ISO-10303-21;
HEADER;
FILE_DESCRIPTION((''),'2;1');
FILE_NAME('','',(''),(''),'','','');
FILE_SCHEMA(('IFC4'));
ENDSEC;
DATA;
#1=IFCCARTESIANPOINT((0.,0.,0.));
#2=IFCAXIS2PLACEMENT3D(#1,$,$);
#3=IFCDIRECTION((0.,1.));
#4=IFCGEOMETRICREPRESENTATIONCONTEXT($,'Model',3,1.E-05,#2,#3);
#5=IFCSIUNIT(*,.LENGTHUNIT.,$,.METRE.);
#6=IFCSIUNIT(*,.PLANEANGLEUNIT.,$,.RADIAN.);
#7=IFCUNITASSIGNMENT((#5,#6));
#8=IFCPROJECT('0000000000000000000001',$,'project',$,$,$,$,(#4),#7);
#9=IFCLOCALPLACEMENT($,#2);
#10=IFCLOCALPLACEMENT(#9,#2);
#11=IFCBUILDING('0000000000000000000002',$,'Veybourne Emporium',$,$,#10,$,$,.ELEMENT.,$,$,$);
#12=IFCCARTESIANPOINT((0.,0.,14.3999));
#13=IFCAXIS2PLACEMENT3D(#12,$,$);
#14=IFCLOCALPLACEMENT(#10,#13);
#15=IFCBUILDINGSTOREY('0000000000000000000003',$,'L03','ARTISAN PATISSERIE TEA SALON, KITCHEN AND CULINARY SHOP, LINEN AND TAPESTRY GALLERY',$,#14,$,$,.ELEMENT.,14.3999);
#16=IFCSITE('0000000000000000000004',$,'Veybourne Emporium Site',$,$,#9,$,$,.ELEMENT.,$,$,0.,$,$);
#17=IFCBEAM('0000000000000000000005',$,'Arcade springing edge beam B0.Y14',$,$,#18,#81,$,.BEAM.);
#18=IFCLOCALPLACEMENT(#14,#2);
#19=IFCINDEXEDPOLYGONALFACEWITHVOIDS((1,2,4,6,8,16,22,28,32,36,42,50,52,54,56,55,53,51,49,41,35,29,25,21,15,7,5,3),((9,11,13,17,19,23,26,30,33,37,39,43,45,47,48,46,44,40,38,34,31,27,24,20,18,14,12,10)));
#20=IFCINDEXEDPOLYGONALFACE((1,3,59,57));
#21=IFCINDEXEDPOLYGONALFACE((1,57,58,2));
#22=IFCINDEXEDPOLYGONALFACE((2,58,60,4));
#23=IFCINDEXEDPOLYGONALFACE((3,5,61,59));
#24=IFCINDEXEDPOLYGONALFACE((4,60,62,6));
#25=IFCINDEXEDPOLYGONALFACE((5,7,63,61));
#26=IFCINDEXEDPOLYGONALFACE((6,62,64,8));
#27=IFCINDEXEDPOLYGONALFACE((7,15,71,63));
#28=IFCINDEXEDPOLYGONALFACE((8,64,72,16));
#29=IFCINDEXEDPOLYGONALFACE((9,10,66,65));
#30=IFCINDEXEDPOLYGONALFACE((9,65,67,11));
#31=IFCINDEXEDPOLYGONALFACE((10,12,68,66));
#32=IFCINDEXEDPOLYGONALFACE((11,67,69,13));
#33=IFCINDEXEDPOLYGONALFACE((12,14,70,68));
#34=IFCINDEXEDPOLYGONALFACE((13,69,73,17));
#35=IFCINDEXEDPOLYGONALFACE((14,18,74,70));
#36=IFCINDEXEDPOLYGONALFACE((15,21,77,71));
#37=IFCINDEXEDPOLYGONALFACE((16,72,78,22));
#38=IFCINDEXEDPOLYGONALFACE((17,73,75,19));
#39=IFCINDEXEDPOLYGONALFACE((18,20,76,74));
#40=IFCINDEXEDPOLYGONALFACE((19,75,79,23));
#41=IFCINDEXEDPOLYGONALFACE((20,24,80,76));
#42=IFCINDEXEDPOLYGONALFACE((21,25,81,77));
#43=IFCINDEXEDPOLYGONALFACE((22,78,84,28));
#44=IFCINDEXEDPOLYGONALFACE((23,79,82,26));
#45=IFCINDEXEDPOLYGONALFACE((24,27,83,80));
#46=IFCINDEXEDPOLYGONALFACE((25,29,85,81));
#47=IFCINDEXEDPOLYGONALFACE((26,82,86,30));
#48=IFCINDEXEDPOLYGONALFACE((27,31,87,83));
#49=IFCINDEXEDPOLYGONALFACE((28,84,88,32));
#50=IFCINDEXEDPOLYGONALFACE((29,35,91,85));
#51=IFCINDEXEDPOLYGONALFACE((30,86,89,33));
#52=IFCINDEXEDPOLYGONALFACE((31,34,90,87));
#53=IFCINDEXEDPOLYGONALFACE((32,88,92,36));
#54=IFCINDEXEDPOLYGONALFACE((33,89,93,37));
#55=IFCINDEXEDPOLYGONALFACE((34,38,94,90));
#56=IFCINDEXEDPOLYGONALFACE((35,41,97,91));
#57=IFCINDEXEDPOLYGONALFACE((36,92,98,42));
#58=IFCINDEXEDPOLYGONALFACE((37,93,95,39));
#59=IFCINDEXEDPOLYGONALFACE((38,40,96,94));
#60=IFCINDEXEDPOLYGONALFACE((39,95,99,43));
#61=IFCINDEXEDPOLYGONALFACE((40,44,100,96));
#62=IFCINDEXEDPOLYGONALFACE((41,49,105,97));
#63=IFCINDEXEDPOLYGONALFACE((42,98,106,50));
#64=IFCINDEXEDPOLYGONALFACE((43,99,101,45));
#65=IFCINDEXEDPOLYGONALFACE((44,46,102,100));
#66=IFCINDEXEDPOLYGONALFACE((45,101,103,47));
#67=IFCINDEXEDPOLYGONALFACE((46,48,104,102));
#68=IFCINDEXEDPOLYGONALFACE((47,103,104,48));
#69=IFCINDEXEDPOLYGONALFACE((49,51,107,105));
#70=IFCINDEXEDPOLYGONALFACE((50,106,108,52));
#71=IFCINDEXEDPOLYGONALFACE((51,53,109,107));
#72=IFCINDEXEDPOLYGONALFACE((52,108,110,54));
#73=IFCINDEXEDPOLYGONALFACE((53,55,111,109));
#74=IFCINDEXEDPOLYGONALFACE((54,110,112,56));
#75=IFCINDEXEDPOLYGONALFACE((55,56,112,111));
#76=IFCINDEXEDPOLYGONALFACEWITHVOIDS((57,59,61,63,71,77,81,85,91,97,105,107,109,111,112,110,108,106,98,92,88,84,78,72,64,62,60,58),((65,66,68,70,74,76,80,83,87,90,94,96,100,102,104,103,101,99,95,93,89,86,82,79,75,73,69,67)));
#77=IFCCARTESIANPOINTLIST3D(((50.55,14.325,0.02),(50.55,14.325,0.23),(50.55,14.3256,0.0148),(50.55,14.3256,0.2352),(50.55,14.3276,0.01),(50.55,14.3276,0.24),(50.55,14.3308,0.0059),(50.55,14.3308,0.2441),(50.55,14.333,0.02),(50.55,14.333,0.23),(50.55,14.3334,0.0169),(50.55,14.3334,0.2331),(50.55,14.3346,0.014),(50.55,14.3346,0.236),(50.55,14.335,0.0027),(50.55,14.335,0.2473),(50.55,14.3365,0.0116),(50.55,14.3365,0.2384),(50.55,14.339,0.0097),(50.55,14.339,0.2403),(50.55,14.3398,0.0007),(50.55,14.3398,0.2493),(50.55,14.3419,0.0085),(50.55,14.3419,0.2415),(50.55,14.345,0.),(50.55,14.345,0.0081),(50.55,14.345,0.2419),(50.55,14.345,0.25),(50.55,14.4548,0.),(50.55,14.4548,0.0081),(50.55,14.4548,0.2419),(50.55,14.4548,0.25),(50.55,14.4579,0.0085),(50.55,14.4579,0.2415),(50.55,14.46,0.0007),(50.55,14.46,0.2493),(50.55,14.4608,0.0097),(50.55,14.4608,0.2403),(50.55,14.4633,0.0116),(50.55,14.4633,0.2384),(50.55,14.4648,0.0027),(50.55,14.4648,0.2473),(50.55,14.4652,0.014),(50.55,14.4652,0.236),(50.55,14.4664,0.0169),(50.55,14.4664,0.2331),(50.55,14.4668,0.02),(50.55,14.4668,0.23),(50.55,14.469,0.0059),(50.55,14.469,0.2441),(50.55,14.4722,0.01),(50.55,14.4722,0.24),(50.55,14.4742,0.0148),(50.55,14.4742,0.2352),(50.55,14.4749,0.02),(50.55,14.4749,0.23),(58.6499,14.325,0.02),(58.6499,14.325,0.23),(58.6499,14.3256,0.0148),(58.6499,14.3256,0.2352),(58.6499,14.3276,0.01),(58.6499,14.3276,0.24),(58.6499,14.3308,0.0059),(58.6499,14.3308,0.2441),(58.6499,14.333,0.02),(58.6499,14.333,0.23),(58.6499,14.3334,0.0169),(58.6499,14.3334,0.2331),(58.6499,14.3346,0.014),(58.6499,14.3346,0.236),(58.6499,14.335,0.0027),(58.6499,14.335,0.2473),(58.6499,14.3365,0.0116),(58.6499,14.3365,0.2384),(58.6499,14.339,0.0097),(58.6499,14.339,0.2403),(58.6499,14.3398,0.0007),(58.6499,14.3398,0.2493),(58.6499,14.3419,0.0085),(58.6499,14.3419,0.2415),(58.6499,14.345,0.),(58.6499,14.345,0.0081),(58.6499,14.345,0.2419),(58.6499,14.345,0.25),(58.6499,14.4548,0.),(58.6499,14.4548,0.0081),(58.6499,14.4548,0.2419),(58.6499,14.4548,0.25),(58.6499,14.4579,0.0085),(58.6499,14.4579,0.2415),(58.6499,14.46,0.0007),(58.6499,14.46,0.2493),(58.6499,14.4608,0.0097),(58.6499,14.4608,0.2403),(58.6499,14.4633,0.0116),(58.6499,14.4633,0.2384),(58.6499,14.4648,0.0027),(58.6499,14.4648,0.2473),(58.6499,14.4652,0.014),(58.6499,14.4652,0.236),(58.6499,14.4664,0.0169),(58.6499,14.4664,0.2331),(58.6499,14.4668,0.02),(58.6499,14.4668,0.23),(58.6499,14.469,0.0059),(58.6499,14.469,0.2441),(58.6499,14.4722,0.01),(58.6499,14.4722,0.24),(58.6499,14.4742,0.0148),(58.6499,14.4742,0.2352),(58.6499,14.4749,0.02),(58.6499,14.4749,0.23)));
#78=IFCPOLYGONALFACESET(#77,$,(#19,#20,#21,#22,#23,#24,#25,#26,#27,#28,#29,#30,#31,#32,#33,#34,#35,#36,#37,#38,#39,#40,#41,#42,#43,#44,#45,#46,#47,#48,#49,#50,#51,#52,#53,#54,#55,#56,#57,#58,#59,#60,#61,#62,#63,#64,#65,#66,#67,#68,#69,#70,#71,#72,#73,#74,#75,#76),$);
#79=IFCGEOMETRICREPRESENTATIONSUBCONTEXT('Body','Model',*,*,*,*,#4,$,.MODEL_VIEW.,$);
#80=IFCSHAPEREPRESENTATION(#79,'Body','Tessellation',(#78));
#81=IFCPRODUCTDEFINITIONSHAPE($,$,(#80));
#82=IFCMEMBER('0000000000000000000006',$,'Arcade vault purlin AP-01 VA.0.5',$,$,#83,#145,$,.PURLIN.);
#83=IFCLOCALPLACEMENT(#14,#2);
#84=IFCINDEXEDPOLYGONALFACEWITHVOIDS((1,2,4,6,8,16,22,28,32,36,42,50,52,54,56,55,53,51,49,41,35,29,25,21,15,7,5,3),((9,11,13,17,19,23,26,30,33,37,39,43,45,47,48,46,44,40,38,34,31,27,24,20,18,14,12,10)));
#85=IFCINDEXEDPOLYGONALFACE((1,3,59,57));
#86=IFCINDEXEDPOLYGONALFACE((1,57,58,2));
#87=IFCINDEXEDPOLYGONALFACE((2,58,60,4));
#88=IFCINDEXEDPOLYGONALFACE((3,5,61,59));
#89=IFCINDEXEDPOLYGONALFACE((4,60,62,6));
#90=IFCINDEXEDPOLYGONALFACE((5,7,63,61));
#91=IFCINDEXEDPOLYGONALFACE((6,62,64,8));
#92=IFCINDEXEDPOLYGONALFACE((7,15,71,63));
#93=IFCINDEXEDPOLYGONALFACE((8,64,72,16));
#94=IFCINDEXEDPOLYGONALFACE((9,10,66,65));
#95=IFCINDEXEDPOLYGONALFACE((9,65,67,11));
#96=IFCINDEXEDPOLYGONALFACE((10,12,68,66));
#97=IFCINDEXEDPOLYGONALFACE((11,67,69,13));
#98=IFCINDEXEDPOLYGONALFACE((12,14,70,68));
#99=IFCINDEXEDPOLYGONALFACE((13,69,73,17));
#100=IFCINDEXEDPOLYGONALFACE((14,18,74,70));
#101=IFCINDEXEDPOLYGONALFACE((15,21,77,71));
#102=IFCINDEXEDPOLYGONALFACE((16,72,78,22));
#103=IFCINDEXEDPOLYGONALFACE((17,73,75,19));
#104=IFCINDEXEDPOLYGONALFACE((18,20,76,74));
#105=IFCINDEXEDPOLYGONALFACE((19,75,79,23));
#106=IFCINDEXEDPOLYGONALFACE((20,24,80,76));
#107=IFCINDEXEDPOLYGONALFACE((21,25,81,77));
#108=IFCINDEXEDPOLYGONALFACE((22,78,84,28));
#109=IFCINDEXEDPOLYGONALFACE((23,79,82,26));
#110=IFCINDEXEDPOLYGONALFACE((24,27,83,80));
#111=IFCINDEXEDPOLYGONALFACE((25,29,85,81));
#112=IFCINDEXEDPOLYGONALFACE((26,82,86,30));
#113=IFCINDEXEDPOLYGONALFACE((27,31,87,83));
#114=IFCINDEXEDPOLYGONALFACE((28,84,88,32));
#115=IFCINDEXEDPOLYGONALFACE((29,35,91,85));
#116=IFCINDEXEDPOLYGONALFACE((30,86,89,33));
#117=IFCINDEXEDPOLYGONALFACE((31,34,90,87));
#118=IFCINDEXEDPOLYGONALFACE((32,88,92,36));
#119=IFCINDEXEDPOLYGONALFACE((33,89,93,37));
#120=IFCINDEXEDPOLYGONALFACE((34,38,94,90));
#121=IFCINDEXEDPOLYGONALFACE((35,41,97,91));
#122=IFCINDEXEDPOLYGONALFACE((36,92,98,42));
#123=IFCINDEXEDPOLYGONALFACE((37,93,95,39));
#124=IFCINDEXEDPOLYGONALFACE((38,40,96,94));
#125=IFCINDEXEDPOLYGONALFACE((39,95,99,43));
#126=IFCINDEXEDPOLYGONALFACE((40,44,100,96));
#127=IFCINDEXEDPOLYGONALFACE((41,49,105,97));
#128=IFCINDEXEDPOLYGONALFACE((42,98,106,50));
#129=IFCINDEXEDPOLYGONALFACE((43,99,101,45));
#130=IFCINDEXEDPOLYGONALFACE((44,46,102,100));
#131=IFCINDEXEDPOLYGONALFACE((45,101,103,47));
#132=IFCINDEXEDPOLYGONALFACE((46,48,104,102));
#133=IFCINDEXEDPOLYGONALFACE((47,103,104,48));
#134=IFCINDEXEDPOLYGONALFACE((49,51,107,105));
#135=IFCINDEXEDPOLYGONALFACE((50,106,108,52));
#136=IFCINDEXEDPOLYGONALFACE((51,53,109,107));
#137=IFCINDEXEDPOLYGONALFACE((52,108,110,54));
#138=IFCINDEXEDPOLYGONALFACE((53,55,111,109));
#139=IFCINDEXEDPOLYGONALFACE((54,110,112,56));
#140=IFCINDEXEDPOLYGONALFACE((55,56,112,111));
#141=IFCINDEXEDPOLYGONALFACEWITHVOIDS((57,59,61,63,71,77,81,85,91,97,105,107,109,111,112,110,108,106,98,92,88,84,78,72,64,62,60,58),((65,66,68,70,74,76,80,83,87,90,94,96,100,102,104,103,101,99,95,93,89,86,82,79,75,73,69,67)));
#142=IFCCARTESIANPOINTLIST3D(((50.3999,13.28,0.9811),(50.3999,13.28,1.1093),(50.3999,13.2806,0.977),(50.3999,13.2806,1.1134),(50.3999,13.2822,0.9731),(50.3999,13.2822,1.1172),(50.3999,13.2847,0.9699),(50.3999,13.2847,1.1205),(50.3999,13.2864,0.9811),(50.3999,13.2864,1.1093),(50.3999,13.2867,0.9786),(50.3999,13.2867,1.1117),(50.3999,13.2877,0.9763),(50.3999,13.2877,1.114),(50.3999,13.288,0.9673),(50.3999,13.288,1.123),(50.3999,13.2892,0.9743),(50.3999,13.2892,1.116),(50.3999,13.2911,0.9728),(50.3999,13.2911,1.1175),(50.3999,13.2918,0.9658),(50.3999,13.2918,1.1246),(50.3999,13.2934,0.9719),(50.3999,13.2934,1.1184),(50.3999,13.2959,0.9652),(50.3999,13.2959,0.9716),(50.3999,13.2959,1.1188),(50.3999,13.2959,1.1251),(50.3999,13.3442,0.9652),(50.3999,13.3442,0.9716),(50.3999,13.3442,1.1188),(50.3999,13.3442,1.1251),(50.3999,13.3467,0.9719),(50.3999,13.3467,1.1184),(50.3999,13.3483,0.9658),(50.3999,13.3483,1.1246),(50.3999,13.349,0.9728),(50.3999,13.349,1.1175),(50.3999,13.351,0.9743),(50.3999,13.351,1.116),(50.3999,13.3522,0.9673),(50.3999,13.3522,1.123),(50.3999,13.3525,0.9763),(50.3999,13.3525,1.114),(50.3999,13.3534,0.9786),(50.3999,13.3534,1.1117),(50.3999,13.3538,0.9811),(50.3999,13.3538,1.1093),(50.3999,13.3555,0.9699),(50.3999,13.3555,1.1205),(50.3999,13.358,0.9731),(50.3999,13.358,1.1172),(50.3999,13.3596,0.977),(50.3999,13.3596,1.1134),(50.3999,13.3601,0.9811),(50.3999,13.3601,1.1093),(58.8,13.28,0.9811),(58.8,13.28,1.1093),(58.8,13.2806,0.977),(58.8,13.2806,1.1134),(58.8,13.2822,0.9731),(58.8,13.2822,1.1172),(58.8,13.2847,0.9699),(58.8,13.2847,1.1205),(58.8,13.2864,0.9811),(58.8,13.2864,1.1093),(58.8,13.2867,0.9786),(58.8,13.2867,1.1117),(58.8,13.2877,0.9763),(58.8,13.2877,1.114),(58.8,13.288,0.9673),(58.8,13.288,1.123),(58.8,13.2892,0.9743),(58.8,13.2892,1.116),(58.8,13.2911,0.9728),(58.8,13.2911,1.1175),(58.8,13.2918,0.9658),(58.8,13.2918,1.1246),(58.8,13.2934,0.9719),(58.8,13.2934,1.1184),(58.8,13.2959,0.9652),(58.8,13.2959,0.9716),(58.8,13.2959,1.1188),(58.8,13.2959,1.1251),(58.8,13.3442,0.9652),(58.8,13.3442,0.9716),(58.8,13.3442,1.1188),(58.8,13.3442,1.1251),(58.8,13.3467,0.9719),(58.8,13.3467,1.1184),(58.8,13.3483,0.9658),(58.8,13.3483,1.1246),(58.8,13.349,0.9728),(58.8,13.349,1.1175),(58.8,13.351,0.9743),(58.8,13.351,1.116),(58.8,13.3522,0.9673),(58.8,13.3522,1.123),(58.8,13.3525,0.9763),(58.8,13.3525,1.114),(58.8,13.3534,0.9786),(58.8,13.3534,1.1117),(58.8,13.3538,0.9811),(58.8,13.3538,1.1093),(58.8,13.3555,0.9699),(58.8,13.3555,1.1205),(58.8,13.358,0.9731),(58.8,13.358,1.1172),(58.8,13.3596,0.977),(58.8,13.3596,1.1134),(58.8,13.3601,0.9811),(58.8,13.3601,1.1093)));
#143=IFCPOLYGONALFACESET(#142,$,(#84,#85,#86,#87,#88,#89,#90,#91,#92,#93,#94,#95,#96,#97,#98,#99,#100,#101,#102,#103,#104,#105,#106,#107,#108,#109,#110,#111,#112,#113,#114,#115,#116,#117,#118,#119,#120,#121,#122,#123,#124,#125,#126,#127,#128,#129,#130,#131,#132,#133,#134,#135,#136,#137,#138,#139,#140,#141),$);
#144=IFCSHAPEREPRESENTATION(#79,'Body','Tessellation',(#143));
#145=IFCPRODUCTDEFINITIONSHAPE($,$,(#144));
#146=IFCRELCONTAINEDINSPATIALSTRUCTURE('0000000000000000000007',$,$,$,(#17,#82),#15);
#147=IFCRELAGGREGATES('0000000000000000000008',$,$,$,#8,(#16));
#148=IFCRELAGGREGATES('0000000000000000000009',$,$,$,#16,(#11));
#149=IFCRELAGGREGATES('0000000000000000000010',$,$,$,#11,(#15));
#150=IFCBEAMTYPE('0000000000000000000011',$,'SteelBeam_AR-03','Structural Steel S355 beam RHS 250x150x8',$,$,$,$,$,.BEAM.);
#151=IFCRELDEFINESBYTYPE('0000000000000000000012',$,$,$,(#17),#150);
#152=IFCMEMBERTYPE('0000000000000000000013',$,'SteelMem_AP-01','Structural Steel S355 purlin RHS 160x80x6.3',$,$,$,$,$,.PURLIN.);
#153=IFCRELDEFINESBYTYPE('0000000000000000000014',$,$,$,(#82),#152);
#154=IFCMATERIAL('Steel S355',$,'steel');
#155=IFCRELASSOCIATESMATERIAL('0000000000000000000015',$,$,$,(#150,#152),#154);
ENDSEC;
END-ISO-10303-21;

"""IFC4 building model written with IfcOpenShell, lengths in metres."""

from ifc_helpers import new_model, si_unit, direction, frame, origin, origin_2d, place, context, subcontext, project, spatial, hollow_rectangle, extrude, material, material_profile, profile_set, type_object, element, save


model = new_model("IFC4")

# Units and contexts
model_context = context("Model", 3, precision=1e-05, world=origin(), true_north=direction((0.0, 1.0)))
body_context = subcontext(model_context, "Body", "Model", "MODEL_VIEW")
ifc_project = project(units=[si_unit("LENGTHUNIT", "METRE"), si_unit("PLANEANGLEUNIT", "RADIAN")], contexts=[model_context])

# Site, building, storey
site_placement = place(None, origin())
site = spatial("IfcSite", under=ifc_project, at=site_placement, Name="Veybourne Emporium Site", CompositionType="ELEMENT", RefElevation=0.0)
building_placement = place(site_placement, origin())
building = spatial("IfcBuilding", under=site, at=building_placement, Name="Veybourne Emporium", CompositionType="ELEMENT")
storey_placement = place(building_placement, frame((0.0, 0.0, 14.3999)))
storey = spatial("IfcBuildingStorey", under=building, at=storey_placement, Name="L03", Description="ARTISAN PATISSERIE TEA SALON, KITCHEN AND CULINARY SHOP, LINEN AND TAPESTRY GALLERY", CompositionType="ELEMENT", Elevation=14.3999)

# Beam
ifc_material_1 = material(Name="Steel S355", Category="steel")
ifc_material_profile_1 = material_profile(ifc_material_1, hollow_rectangle(XDim=0.1499, YDim=0.25, WallThickness=0.0081, InnerFilletRadius=0.012, OuterFilletRadius=0.02, at=origin_2d()), Name="RHS 250x150x8")
ifc_profile_set_1 = profile_set([ifc_material_profile_1], Name="Steel S355")
beam_type_1 = type_object("IfcBeamType", Name="SteelBeam_AR-03", Description="Structural Steel S355 beam RHS 250x150x8", PredefinedType="BEAM", material=ifc_profile_set_1)
beam_1_placement = place(storey_placement, frame((50.55, 14.3999, 0.125), z_axis=(1.0, 0.0, 0.0), x_axis=(0.0, 1.0, 0.0)))
element("IfcBeam", 1, at=beam_1_placement, inside=storey, type_object=beam_type_1, Name="Arcade springing edge beam B0.Y14", PredefinedType="BEAM", context=body_context, shape_type="SweptSolid", body=[
    extrude(hollow_rectangle(XDim=0.1499, YDim=0.25, WallThickness=0.0081, InnerFilletRadius=0.012, OuterFilletRadius=0.02, at=origin_2d()), origin(), (0.0, 0.0, 1.0), 8.0999),
])

# Member
ifc_material_profile_2 = material_profile(ifc_material_1, hollow_rectangle(XDim=0.0801, YDim=0.1599, WallThickness=0.0063, InnerFilletRadius=0.0095, OuterFilletRadius=0.0159, at=origin_2d()), Name="RHS 160x80x6.3")
ifc_profile_set_2 = profile_set([ifc_material_profile_2], Name="Steel S355")
member_type_1 = type_object("IfcMemberType", Name="SteelMem_AP-01", Description="Structural Steel S355 purlin RHS 160x80x6.3", PredefinedType="PURLIN", material=ifc_profile_set_2)
for number, where, z_axis, x_axis, name in (
    (2, (50.3999, 13.3201, 1.0452), (1.0, 0.0, 0.0), (0.0, 1.0, 0.0), "Arcade vault purlin AP-01 VA.0.5"),
):
    element("IfcMember", number, at=place(storey_placement, frame(where, z_axis=z_axis, x_axis=x_axis)), inside=storey, type_object=member_type_1, Name=name, PredefinedType="PURLIN", context=body_context, shape_type="SweptSolid", body=[
        extrude(hollow_rectangle(XDim=0.0801, YDim=0.1599, WallThickness=0.0063, InnerFilletRadius=0.0095, OuterFilletRadius=0.0159, at=origin_2d()), origin(), (0.0, 0.0, 1.0), 8.4001),
    ])

save(model, "model.ifc")
